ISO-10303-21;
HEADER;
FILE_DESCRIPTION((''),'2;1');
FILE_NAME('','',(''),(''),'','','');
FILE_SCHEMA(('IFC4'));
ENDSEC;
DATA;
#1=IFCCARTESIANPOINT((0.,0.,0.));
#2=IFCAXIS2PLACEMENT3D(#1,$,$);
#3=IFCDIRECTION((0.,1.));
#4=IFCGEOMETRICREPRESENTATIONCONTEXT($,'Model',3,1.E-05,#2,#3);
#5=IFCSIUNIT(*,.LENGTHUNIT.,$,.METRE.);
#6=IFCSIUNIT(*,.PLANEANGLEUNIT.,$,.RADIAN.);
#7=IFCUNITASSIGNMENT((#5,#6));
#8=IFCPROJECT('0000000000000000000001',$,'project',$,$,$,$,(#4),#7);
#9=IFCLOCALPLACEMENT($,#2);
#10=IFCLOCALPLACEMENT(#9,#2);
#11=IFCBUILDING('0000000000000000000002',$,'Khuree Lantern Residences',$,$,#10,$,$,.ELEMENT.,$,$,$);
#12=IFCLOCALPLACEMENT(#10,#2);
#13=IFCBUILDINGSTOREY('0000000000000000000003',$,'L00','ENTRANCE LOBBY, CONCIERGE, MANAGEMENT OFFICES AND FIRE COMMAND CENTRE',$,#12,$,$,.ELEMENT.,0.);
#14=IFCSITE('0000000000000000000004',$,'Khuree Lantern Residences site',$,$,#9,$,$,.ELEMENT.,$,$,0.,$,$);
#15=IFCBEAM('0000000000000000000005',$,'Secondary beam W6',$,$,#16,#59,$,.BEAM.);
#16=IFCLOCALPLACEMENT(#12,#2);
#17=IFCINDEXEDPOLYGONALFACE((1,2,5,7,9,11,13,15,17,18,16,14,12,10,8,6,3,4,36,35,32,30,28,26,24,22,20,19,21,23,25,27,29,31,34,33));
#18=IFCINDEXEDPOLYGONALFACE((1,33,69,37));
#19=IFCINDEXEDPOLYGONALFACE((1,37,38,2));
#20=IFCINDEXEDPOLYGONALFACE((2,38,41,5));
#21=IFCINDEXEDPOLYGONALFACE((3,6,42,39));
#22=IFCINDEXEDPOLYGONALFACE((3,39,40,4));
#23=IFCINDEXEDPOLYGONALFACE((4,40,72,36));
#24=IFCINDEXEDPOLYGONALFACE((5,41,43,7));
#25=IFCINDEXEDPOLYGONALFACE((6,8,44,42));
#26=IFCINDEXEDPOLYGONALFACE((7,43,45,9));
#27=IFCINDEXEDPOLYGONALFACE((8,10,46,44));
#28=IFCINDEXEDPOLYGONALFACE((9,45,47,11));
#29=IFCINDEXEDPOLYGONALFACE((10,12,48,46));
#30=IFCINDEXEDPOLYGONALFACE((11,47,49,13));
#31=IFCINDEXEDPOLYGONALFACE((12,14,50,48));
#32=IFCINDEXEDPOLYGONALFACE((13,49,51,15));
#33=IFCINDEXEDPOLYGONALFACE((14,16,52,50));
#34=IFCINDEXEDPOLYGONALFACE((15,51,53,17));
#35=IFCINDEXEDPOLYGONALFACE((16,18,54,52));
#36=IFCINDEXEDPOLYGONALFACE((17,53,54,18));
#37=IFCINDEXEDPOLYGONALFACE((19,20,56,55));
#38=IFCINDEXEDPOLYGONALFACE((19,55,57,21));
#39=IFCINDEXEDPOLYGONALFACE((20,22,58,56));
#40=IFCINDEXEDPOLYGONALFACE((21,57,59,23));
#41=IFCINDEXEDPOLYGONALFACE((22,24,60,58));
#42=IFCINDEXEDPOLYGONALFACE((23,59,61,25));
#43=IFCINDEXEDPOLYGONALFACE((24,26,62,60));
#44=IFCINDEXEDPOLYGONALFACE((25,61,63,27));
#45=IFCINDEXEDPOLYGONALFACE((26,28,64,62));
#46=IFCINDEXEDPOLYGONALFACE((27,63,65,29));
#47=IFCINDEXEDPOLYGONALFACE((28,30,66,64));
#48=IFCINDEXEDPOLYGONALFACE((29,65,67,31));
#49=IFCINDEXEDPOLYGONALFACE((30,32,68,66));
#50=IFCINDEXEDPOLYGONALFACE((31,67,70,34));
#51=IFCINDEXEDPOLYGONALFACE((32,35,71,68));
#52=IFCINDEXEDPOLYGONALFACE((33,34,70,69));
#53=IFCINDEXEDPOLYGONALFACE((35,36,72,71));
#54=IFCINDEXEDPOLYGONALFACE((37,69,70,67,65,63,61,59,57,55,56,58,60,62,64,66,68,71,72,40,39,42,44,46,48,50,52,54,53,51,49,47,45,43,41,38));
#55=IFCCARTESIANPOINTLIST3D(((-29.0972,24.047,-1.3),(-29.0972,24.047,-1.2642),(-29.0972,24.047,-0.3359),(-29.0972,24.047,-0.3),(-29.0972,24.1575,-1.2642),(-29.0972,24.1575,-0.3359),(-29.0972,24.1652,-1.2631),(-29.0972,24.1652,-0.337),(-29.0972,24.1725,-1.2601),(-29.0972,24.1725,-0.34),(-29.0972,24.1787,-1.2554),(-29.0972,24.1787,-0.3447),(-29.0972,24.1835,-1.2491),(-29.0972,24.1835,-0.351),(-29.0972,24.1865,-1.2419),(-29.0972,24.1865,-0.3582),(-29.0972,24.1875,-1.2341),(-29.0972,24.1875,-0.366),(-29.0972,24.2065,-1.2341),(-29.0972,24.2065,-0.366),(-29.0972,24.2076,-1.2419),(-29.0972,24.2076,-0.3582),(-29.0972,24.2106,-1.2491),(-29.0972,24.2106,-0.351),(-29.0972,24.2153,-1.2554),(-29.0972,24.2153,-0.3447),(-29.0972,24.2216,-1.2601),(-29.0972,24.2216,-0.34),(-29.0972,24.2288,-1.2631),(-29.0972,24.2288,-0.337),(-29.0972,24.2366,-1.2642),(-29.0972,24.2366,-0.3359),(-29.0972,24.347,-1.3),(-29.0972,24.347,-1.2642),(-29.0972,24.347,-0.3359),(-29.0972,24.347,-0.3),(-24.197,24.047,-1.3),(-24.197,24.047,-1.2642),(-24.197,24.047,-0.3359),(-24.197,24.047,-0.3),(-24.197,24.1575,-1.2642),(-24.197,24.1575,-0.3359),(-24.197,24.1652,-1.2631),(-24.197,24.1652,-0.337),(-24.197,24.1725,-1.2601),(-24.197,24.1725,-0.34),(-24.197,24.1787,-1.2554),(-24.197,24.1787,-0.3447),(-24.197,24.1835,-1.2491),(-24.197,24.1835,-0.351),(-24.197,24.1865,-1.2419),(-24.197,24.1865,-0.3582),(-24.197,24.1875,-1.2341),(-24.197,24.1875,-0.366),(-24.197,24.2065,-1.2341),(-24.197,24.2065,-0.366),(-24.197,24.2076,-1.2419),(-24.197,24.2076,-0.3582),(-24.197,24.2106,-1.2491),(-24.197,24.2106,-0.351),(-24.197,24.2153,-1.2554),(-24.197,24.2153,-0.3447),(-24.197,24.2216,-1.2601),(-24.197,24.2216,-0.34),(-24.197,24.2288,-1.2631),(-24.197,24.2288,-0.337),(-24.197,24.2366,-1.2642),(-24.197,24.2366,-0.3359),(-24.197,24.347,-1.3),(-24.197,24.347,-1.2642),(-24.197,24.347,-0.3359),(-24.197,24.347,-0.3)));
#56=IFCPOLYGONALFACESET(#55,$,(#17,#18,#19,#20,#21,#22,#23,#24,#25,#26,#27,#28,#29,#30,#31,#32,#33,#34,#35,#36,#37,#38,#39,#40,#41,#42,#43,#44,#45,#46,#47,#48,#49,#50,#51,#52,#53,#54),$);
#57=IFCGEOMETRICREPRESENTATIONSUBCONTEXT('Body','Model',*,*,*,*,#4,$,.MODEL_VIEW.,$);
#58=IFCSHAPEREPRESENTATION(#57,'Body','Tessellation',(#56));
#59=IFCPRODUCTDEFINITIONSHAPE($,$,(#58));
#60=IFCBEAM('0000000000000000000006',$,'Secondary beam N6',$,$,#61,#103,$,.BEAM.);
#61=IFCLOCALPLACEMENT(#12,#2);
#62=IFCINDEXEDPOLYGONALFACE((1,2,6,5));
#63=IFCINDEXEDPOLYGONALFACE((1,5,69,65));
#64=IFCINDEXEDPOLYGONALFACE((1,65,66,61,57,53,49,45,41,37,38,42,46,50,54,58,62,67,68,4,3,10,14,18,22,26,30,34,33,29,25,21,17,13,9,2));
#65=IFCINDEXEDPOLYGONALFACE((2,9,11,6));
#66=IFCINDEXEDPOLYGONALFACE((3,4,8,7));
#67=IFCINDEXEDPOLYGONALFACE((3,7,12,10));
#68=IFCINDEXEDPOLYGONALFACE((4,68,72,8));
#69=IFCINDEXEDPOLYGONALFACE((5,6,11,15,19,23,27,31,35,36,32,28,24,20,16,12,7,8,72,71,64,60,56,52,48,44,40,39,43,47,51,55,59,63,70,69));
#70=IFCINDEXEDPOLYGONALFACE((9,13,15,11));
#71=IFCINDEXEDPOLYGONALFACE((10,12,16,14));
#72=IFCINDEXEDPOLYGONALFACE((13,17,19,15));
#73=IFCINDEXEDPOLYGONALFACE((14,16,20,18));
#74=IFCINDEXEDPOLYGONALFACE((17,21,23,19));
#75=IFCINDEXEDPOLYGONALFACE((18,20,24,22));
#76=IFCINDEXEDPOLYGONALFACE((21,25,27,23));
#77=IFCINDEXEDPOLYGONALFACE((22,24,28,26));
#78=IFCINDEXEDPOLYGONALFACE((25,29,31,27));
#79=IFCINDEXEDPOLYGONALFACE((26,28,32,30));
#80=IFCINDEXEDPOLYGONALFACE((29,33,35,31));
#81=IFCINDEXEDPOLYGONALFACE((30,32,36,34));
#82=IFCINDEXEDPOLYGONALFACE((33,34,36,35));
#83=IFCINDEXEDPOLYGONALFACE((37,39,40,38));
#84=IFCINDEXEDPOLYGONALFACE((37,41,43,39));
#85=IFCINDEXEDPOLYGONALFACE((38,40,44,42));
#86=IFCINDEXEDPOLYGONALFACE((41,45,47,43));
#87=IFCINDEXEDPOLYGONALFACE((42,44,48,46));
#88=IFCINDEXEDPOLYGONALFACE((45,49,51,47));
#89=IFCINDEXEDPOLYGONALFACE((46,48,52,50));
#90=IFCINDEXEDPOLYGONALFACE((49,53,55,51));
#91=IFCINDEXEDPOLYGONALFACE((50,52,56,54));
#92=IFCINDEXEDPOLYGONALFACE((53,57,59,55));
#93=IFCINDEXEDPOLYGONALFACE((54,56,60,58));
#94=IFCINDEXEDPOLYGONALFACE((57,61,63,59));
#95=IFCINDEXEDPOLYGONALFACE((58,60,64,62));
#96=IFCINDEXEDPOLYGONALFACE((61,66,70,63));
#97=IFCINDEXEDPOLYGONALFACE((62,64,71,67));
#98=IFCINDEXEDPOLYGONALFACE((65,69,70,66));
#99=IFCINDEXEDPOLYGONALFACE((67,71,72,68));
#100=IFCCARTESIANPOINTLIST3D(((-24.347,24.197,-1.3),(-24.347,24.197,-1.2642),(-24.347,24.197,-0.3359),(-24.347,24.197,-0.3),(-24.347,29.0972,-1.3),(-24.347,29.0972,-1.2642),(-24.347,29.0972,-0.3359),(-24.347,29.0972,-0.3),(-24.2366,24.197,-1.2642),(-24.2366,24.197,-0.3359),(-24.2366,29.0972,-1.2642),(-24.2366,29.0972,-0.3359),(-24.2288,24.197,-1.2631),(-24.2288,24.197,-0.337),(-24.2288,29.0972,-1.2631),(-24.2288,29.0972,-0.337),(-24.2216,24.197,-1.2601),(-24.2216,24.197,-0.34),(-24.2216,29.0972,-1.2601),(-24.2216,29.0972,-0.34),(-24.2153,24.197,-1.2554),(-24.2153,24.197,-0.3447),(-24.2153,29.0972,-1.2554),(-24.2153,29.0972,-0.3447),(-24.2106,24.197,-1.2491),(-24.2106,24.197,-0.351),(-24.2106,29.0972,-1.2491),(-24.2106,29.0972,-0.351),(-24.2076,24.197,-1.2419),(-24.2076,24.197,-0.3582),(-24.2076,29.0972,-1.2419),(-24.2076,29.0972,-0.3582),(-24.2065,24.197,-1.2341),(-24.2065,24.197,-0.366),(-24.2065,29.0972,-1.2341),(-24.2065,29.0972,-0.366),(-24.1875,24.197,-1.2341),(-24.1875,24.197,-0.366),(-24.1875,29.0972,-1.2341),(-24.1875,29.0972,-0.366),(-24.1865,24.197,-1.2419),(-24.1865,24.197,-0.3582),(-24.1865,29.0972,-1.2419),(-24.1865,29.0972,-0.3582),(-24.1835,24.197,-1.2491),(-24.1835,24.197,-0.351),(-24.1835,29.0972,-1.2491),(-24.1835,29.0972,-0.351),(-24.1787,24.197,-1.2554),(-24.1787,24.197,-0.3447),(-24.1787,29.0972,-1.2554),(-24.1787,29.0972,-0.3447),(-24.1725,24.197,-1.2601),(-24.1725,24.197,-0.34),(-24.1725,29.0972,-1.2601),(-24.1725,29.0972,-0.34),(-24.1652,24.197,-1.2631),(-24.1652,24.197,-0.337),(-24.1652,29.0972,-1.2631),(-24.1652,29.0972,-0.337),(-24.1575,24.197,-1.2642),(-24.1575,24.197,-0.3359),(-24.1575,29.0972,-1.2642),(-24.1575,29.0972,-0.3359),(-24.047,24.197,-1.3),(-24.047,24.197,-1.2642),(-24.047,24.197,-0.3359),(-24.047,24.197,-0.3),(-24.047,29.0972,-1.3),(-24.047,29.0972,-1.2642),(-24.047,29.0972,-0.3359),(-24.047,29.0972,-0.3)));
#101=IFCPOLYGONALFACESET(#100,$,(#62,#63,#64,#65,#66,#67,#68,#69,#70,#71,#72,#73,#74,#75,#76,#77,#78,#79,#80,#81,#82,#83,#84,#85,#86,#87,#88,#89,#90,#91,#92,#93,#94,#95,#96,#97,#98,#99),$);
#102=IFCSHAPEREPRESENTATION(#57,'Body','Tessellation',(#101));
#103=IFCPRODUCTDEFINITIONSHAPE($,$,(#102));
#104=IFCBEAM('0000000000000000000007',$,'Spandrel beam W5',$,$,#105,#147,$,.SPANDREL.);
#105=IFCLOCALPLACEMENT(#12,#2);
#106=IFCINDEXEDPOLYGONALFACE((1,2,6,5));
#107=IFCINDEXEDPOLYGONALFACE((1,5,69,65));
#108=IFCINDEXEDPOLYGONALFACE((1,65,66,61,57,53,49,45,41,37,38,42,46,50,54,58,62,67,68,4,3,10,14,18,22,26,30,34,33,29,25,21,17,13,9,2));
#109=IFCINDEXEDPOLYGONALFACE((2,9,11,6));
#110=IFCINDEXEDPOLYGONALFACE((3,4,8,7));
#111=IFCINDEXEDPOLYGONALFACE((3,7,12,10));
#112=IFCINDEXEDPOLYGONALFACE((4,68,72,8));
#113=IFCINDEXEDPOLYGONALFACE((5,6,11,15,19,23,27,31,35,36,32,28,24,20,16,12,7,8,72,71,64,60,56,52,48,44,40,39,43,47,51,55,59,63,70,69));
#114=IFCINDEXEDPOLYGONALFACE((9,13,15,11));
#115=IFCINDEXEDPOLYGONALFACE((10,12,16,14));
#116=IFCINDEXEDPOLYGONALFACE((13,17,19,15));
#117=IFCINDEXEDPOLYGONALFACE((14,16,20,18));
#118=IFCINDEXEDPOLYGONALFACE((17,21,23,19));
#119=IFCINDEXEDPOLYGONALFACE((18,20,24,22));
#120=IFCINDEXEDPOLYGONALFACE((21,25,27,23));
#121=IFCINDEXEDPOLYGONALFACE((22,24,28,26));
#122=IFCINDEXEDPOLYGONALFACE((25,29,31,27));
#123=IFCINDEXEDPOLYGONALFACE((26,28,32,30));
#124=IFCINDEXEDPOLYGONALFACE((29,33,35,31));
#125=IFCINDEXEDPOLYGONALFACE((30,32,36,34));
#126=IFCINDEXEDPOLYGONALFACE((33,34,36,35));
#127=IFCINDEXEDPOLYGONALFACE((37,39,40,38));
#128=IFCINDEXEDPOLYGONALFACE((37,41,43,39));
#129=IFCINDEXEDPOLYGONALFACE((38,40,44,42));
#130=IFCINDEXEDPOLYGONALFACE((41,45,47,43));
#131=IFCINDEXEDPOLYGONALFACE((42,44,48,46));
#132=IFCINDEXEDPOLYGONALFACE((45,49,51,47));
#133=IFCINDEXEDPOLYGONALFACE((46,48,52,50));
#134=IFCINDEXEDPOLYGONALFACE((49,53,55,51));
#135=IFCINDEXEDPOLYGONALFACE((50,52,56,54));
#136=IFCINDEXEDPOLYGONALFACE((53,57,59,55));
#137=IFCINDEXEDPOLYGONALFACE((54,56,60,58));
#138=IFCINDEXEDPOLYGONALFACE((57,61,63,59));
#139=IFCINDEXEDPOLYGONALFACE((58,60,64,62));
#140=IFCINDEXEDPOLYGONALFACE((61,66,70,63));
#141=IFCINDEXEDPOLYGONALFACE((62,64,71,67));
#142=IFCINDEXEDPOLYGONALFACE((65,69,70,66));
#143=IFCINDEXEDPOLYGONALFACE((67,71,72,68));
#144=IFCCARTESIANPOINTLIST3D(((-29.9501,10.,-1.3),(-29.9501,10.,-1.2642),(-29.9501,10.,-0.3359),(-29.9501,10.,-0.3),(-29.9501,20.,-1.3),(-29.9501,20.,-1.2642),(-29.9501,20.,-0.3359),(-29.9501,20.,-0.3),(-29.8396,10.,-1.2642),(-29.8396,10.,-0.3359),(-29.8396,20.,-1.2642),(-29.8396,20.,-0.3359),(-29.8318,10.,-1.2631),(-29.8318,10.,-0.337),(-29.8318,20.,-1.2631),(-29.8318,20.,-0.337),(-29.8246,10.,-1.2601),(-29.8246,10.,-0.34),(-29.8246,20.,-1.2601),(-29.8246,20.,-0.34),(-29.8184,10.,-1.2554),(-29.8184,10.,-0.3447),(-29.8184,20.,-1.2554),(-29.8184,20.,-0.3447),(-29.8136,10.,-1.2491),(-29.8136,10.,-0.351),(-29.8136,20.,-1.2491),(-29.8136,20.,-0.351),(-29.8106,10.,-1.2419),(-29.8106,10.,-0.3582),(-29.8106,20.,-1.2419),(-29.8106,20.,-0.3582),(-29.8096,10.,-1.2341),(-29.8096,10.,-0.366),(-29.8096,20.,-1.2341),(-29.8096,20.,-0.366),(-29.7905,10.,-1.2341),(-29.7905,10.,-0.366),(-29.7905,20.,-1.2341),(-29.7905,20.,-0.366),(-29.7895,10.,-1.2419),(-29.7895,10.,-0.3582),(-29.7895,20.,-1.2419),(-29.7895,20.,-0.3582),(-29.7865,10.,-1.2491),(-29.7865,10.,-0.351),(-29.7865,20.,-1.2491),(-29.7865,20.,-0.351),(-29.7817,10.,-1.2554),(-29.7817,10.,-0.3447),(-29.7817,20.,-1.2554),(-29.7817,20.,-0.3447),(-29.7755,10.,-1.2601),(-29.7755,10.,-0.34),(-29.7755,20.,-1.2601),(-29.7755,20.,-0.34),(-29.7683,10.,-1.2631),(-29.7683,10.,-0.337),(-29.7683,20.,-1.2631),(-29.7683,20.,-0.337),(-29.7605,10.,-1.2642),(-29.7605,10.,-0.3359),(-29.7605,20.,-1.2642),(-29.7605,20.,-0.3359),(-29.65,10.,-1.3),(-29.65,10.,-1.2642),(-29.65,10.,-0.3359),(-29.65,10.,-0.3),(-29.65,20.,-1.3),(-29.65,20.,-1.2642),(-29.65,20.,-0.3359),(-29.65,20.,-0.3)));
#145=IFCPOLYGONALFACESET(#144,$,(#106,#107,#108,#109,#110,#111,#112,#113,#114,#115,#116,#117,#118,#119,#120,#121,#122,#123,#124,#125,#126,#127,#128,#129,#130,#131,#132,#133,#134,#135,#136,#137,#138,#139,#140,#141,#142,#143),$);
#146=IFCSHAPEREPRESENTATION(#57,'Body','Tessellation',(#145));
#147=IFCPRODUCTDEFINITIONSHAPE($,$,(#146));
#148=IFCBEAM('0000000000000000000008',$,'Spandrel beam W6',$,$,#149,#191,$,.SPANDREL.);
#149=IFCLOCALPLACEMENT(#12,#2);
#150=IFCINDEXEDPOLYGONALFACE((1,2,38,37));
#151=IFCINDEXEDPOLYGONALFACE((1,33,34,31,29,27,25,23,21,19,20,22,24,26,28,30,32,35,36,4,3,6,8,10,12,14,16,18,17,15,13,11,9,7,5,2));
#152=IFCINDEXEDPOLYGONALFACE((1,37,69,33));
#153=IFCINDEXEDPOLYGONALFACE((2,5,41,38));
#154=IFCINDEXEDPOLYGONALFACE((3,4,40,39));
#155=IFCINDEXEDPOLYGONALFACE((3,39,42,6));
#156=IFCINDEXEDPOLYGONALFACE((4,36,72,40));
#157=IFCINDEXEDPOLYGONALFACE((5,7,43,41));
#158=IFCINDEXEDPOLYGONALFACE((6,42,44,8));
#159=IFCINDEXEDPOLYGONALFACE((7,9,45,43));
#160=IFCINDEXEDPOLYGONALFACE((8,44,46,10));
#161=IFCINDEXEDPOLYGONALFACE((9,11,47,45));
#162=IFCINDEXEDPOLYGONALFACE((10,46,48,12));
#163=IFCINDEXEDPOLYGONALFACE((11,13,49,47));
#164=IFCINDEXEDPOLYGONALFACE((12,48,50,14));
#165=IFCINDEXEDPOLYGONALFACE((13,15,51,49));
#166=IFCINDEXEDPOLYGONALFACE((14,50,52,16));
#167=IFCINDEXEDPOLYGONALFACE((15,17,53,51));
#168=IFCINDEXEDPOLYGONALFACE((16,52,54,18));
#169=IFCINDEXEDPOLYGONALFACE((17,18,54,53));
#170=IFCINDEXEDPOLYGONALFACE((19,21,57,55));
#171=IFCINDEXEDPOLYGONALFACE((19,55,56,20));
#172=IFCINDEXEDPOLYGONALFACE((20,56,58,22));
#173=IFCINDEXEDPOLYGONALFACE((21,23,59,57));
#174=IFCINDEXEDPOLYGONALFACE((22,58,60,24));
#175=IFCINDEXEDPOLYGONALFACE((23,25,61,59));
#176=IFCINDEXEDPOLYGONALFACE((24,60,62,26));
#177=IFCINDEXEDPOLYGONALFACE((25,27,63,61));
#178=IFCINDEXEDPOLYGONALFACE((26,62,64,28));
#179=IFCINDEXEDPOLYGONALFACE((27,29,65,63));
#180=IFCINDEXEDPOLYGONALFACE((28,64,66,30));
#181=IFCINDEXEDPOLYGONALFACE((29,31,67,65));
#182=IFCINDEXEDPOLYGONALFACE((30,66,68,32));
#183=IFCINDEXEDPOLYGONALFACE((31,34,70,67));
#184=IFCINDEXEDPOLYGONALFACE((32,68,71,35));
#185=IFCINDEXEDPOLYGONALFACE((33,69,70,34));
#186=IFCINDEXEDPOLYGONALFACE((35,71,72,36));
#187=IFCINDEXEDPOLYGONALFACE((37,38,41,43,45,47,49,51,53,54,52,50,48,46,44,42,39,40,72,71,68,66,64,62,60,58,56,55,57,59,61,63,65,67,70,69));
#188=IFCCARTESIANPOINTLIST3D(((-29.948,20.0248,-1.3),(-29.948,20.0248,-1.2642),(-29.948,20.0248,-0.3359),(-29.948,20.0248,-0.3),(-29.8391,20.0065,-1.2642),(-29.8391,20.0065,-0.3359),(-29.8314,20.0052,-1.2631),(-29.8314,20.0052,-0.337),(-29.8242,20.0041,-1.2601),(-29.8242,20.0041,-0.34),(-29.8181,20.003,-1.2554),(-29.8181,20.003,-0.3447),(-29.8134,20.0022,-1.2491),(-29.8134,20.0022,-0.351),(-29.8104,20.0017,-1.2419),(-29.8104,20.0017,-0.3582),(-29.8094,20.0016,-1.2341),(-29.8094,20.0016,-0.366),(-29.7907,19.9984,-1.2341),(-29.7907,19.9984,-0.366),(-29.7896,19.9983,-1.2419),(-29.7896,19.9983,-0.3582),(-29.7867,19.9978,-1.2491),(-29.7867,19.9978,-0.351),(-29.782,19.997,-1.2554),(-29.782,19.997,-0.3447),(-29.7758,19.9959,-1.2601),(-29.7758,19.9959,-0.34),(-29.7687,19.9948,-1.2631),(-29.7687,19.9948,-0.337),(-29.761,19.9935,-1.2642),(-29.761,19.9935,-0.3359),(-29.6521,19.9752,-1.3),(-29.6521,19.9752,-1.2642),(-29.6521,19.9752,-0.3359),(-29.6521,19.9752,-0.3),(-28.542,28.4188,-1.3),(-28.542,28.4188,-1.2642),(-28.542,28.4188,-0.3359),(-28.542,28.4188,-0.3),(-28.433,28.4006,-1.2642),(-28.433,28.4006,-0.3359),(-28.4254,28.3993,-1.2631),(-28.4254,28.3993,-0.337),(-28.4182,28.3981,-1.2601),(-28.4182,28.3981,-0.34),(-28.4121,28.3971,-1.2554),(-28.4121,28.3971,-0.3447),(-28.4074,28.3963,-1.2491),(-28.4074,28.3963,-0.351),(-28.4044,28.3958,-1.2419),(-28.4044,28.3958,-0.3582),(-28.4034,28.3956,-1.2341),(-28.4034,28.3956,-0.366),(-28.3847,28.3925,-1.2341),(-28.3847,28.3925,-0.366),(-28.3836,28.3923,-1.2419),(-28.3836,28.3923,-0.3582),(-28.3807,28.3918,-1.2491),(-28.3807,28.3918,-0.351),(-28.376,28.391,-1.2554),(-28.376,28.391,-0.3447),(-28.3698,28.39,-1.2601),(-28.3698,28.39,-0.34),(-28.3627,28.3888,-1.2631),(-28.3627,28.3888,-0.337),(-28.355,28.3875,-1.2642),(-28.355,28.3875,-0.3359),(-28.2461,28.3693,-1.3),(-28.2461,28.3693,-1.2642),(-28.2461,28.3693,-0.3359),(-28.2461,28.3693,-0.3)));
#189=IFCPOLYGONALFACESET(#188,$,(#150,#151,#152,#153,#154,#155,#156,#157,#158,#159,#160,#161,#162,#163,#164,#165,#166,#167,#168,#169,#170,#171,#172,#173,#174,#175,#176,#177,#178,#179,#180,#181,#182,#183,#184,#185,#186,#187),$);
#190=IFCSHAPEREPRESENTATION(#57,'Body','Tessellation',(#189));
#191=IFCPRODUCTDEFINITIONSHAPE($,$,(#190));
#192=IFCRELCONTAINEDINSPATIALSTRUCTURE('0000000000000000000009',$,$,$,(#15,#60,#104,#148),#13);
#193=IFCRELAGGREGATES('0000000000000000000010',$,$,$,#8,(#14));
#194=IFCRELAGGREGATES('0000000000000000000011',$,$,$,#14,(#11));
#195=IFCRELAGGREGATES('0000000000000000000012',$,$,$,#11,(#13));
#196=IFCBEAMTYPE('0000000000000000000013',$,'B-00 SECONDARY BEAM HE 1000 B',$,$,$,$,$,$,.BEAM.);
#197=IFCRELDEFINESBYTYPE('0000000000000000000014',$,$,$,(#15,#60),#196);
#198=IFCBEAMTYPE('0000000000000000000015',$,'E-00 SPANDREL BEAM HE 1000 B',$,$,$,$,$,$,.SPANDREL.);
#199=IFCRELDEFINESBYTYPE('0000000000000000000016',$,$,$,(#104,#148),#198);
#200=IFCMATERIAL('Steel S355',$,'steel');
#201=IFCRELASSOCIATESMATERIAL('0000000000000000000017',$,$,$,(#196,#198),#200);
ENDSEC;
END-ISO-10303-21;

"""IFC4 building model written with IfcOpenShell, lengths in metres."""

from ifc_helpers import new_model, si_unit, direction, frame, origin, origin_2d, place, context, subcontext, project, spatial, i_section, extrude, material, material_profile, profile_set, type_object, element, save


model = new_model("IFC4")

# Units and contexts
model_context = context("Model", 3, precision=1e-05, world=origin(), true_north=direction((0.0, 1.0)))
body_context = subcontext(model_context, "Body", "Model", "MODEL_VIEW")
ifc_project = project(units=[si_unit("LENGTHUNIT", "METRE"), si_unit("PLANEANGLEUNIT", "RADIAN")], contexts=[model_context])

# Site, building, storey
site_placement = place(None, origin())
site = spatial("IfcSite", under=ifc_project, at=site_placement, Name="Khuree Lantern Residences site", CompositionType="ELEMENT", RefElevation=0.0)
building_placement = place(site_placement, origin())
building = spatial("IfcBuilding", under=site, at=building_placement, Name="Khuree Lantern Residences", CompositionType="ELEMENT")
storey_placement = place(building_placement, origin())
storey = spatial("IfcBuildingStorey", under=building, at=storey_placement, Name="L00", Description="ENTRANCE LOBBY, CONCIERGE, MANAGEMENT OFFICES AND FIRE COMMAND CENTRE", CompositionType="ELEMENT", Elevation=0.0)

# Beams
ifc_material_1 = material(Name="Steel S355", Category="steel")
ifc_material_profile_1 = material_profile(ifc_material_1, i_section(OverallWidth=0.3, OverallDepth=1.0, WebThickness=0.019, FlangeThickness=0.0359, FilletRadius=0.03, at=origin_2d()), Name="HE 1000 B")
ifc_profile_set_1 = profile_set([ifc_material_profile_1], Name="Steel S355")
beam_type_1 = type_object("IfcBeamType", Name="B-00 SECONDARY BEAM HE 1000 B", PredefinedType="BEAM", material=ifc_profile_set_1)
for number, where, z_axis, x_axis, name in (
    (1, (-29.0972, 24.197, -0.8), (1.0, 0.0, 0.0), (0.0, 1.0, 0.0), "Secondary beam W6"),
    (2, (-24.197, 29.0972, -0.8), (0.0, -1.0, 0.0), (1.0, 0.0, 0.0), "Secondary beam N6"),
):
    element("IfcBeam", number, at=place(storey_placement, frame(where, z_axis=z_axis, x_axis=x_axis)), inside=storey, type_object=beam_type_1, Name=name, PredefinedType="BEAM", context=body_context, shape_type="SweptSolid", body=[
        extrude(i_section(OverallWidth=0.3, OverallDepth=1.0, WebThickness=0.019, FlangeThickness=0.0359, FilletRadius=0.03, at=origin_2d()), origin(), (0.0, 0.0, 1.0), 4.9001),
    ])
ifc_material_profile_2 = material_profile(ifc_material_1, i_section(OverallWidth=0.3, OverallDepth=1.0, WebThickness=0.019, FlangeThickness=0.0359, FilletRadius=0.03, at=origin_2d()), Name="HE 1000 B")
ifc_profile_set_2 = profile_set([ifc_material_profile_2], Name="Steel S355")
beam_type_2 = type_object("IfcBeamType", Name="E-00 SPANDREL BEAM HE 1000 B", PredefinedType="SPANDREL", material=ifc_profile_set_2)
beam_1_placement = place(storey_placement, frame((-29.8, 10.0, -0.8), z_axis=(0.0, 1.0, 0.0), x_axis=(-1.0, 0.0, 0.0)))
element("IfcBeam", 3, at=beam_1_placement, inside=storey, type_object=beam_type_2, Name="Spandrel beam W5", PredefinedType="SPANDREL", context=body_context, shape_type="SweptSolid", body=[
    extrude(i_section(OverallWidth=0.3, OverallDepth=1.0, WebThickness=0.019, FlangeThickness=0.0359, FilletRadius=0.03, at=origin_2d()), origin(), (0.0, 0.0, 1.0), 10.0),
])
for number, where, z_axis, x_axis, name in (
    (4, (-29.8, 20.0, -0.8), (0.165199, 0.98626, 0.0), (-0.98626, 0.165199, 0.0), "Spandrel beam W6"),
):
    element("IfcBeam", number, at=place(storey_placement, frame(where, z_axis=z_axis, x_axis=x_axis)), inside=storey, type_object=beam_type_2, Name=name, PredefinedType="SPANDREL", context=body_context, shape_type="SweptSolid", body=[
        extrude(i_section(OverallWidth=0.3, OverallDepth=1.0, WebThickness=0.019, FlangeThickness=0.0359, FilletRadius=0.03, at=origin_2d()), origin(), (0.0, 0.0, 1.0), 8.511),
    ])

save(model, "model.ifc")
